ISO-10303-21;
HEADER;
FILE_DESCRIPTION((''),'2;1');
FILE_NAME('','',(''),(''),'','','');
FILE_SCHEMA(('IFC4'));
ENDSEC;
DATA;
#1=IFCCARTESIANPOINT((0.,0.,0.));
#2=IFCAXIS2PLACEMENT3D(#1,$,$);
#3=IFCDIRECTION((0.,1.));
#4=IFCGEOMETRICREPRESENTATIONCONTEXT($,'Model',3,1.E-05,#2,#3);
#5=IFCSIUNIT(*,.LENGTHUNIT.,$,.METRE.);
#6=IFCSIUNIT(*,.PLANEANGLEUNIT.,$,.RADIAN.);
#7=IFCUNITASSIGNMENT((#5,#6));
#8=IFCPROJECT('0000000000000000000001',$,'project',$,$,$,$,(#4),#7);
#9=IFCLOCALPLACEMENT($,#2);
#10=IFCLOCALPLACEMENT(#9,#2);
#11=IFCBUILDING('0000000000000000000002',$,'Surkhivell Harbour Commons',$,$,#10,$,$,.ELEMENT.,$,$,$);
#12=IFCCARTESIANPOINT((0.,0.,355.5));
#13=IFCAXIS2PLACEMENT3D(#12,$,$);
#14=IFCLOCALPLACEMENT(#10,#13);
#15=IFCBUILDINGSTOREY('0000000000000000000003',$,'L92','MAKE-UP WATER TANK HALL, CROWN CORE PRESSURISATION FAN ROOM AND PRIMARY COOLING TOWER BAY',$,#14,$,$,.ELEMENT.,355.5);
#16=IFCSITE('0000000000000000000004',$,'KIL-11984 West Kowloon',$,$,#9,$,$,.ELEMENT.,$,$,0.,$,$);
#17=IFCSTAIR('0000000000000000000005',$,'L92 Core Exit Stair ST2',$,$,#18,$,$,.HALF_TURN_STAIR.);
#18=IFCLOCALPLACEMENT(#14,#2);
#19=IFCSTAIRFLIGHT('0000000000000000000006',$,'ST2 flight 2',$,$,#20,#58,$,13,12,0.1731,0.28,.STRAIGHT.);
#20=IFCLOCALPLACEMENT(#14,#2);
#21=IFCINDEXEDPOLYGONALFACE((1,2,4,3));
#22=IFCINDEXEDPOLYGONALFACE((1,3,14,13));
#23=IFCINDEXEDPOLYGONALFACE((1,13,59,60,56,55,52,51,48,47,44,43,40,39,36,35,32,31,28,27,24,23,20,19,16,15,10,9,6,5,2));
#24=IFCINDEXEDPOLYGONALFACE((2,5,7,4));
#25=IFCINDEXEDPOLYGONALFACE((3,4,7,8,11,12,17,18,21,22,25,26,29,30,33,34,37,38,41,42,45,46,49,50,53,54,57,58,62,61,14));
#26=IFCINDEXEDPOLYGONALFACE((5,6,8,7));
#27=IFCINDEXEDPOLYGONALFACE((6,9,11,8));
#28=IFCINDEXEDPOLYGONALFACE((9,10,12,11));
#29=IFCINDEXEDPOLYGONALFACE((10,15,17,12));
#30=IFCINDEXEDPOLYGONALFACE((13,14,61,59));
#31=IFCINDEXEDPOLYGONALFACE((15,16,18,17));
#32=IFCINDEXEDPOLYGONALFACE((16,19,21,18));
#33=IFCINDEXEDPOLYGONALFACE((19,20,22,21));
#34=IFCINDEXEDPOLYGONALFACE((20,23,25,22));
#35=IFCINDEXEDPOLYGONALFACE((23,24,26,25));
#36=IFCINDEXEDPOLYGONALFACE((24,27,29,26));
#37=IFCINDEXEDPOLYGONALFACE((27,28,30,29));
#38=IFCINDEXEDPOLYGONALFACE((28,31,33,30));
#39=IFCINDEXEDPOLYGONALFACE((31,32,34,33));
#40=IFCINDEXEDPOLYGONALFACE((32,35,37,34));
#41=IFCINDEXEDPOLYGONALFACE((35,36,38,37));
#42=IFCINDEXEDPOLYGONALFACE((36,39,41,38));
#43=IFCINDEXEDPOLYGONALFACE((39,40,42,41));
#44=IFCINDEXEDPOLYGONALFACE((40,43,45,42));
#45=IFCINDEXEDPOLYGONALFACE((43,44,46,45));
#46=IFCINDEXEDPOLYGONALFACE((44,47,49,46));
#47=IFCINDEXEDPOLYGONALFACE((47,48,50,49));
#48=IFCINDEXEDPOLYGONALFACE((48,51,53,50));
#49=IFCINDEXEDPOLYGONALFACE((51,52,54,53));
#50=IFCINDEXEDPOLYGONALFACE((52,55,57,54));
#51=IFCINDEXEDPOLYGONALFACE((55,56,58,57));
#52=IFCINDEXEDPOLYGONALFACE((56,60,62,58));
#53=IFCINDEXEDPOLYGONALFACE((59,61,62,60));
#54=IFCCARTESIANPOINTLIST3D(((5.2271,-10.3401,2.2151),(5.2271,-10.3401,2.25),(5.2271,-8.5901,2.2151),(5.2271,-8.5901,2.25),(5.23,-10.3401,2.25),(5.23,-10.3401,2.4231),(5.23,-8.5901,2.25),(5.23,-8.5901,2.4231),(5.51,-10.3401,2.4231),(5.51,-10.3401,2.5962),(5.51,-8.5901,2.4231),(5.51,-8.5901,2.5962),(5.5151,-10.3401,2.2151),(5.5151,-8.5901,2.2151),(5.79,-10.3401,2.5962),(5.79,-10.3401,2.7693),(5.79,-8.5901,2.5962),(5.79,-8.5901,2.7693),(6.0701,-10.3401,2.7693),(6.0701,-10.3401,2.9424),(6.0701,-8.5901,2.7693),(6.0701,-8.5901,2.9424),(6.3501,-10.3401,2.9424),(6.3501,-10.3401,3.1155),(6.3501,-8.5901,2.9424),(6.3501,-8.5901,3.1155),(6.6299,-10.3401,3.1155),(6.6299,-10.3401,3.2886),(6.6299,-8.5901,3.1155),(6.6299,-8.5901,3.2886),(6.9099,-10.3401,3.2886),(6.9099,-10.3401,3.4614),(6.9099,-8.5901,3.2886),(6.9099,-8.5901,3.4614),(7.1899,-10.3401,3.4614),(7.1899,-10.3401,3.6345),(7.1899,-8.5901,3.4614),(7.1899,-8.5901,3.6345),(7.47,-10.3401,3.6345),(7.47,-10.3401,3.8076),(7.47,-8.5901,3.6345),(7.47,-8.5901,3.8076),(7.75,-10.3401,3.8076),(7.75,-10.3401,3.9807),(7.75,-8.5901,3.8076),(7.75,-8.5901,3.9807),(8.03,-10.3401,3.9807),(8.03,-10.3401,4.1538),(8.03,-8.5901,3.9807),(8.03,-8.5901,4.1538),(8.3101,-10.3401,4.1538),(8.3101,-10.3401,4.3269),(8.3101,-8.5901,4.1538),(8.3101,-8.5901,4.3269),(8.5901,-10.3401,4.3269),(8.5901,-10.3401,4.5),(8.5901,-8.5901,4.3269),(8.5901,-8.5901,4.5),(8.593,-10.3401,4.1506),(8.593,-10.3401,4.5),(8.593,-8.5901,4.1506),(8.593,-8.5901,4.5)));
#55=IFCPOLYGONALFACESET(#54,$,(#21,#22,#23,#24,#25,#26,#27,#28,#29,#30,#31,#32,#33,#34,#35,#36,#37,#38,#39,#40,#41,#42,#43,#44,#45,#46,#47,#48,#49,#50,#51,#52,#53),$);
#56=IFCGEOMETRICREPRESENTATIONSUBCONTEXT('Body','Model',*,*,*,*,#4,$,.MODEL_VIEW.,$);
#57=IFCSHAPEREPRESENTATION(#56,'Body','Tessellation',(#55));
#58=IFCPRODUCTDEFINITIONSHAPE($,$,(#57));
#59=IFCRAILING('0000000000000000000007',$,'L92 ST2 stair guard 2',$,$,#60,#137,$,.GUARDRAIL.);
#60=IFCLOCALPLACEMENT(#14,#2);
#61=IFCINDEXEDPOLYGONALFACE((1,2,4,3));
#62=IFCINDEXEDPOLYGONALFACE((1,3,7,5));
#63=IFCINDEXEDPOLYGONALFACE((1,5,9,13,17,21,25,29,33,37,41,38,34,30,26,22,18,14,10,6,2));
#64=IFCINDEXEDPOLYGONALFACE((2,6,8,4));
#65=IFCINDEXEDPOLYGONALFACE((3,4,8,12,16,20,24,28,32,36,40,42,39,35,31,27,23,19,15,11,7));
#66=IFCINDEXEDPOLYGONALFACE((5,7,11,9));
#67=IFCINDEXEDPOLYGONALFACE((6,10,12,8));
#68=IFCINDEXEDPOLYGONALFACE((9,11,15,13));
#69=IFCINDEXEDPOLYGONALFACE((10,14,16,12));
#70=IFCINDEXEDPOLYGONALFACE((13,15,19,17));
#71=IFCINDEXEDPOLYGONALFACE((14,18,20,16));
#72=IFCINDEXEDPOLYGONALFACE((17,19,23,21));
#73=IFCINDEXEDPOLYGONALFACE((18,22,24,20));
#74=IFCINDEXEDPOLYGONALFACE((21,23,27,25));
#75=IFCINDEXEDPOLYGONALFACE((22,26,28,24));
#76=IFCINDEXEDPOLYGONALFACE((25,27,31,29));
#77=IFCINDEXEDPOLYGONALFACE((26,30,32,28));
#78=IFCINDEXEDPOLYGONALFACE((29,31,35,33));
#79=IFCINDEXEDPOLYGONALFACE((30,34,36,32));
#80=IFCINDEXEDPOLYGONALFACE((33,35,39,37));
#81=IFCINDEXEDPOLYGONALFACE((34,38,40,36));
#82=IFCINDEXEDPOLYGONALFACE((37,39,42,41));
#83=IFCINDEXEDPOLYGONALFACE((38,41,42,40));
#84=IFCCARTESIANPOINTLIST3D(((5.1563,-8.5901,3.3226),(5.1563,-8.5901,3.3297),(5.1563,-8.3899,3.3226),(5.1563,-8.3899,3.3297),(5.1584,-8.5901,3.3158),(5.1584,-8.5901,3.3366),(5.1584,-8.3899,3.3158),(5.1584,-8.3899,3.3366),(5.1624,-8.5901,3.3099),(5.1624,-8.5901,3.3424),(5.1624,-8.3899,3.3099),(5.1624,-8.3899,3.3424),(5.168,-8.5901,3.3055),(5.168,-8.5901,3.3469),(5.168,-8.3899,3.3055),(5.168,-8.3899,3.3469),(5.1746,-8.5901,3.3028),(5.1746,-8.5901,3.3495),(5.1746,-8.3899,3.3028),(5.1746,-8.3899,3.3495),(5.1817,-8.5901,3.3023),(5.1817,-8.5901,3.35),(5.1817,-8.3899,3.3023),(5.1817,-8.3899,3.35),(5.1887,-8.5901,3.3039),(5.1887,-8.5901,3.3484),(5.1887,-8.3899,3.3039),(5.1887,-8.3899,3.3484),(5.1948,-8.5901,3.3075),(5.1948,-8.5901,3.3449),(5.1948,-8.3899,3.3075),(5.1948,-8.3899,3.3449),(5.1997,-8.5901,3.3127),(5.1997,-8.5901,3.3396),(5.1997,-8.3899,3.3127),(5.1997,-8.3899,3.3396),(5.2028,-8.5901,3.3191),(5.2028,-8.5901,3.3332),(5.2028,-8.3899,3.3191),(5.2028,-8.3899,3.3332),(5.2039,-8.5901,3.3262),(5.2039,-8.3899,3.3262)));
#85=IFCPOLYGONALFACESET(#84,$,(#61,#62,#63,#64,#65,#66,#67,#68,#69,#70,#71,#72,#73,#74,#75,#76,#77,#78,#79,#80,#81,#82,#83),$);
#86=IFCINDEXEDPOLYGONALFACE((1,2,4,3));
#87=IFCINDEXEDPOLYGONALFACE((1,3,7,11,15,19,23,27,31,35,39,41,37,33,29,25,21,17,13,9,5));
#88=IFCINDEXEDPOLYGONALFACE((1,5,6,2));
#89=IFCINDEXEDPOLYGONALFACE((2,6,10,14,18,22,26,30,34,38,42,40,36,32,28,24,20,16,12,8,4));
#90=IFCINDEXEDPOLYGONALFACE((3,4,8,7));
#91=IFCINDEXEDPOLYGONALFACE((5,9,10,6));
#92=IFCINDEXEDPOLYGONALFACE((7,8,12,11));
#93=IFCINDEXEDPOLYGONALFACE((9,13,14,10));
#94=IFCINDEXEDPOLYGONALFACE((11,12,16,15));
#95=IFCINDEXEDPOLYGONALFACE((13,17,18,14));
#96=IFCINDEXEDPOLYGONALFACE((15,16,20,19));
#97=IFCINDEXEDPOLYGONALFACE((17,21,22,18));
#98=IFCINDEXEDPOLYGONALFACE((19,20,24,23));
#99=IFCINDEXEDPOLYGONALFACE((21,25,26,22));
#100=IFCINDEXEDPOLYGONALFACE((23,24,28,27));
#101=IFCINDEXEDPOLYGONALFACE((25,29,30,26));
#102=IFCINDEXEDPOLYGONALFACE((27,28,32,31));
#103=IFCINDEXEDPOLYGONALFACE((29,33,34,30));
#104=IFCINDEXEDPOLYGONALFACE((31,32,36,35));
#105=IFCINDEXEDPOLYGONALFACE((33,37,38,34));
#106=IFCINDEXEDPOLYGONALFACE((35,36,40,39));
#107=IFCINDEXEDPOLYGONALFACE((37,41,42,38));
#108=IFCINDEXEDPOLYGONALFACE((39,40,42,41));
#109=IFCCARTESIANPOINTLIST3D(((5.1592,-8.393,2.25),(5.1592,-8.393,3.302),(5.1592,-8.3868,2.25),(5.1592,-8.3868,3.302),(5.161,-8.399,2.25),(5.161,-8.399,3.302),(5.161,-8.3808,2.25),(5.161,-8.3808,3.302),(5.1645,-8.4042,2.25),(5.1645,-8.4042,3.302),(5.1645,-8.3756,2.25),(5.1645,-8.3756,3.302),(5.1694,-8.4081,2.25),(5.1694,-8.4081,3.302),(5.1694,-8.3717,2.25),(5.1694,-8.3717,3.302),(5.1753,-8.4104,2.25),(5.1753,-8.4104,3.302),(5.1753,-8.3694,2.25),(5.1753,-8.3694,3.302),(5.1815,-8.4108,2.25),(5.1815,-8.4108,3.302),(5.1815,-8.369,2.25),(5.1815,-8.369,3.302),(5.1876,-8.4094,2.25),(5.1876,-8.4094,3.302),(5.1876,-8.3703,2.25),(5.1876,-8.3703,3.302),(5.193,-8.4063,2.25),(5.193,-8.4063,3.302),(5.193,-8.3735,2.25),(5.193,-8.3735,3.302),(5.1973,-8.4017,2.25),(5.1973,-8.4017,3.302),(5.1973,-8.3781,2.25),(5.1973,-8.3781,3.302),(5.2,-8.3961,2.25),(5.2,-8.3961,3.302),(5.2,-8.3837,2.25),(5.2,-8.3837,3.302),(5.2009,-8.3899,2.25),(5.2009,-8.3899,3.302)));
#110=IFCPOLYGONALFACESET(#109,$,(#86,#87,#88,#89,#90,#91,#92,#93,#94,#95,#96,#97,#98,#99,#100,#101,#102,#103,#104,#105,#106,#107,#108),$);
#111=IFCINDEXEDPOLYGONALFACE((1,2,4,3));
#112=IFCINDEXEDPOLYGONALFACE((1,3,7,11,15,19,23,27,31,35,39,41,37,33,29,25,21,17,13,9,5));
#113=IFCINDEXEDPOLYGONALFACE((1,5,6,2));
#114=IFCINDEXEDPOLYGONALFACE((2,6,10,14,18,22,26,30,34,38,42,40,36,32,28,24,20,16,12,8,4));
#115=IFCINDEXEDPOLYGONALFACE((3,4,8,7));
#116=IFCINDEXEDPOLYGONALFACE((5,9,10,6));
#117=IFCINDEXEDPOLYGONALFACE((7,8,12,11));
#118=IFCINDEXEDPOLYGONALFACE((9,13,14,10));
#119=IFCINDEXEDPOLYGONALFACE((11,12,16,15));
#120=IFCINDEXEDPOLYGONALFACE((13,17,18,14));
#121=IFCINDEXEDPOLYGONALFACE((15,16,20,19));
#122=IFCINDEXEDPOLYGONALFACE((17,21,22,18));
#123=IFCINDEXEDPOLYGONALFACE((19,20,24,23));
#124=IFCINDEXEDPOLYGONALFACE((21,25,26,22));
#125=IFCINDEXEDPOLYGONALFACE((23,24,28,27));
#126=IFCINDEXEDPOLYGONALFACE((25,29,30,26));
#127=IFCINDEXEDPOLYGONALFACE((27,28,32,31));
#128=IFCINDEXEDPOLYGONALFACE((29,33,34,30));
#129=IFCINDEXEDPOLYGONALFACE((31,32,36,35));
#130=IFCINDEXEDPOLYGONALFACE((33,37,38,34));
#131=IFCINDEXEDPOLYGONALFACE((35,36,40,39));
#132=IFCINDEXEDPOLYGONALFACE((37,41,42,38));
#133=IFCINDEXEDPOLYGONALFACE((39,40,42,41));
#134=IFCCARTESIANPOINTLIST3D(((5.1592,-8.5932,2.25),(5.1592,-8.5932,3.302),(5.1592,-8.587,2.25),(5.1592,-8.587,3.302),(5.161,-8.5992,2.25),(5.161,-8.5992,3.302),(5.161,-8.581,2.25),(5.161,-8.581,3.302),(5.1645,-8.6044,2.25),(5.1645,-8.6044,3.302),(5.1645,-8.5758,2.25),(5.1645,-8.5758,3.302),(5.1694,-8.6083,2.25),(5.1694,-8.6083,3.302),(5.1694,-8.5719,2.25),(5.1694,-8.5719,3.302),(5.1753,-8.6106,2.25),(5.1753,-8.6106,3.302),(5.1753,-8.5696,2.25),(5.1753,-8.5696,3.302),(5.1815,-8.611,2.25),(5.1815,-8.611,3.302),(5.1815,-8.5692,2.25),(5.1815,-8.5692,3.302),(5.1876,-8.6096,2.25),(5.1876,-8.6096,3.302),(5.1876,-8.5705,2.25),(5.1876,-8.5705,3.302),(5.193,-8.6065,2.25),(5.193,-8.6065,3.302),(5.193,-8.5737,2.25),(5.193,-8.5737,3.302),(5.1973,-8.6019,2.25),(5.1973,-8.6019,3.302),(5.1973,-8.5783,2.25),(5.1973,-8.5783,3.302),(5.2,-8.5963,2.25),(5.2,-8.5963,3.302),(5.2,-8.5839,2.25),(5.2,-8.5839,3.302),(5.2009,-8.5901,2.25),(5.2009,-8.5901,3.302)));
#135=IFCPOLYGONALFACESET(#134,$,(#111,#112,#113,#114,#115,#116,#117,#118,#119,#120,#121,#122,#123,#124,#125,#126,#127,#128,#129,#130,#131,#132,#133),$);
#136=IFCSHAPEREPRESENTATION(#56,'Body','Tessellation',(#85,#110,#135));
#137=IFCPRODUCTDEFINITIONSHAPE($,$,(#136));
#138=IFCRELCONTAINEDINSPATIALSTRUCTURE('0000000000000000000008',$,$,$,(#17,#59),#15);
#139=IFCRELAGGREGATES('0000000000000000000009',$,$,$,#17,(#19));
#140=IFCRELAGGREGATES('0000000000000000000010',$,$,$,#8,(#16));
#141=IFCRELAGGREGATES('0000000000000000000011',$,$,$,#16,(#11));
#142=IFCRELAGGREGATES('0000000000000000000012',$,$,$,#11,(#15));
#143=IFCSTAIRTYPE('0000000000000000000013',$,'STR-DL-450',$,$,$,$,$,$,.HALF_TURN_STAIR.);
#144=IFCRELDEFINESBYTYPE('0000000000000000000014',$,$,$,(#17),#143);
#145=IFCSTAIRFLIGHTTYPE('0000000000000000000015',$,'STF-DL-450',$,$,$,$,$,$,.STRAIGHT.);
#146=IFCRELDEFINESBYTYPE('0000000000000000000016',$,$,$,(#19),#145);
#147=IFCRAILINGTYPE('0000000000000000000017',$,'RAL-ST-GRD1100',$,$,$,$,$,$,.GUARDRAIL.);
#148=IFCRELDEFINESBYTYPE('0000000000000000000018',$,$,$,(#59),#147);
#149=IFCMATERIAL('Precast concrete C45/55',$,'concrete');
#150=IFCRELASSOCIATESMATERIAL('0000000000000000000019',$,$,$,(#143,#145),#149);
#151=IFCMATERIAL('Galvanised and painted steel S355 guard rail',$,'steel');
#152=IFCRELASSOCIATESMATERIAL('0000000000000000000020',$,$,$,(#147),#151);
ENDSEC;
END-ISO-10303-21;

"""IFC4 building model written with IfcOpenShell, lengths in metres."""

from ifc_helpers import new_model, si_unit, direction, frame, origin, origin_2d, place, context, subcontext, project, spatial, polyline, circle, outline, extrude, material, type_object, element, aggregate, save


model = new_model("IFC4")

# Units and contexts
model_context = context("Model", 3, precision=1e-05, world=origin(), true_north=direction((0.0, 1.0)))
body_context = subcontext(model_context, "Body", "Model", "MODEL_VIEW")
ifc_project = project(units=[si_unit("LENGTHUNIT", "METRE"), si_unit("PLANEANGLEUNIT", "RADIAN")], contexts=[model_context])

# Site, building, storey
site_placement = place(None, origin())
site = spatial("IfcSite", under=ifc_project, at=site_placement, Name="KIL-11984 West Kowloon", CompositionType="ELEMENT", RefElevation=0.0)
building_placement = place(site_placement, origin())
building = spatial("IfcBuilding", under=site, at=building_placement, Name="Surkhivell Harbour Commons", CompositionType="ELEMENT")
storey_placement = place(building_placement, frame((0.0, 0.0, 355.5)))
storey = spatial("IfcBuildingStorey", under=building, at=storey_placement, Name="L92", Description="MAKE-UP WATER TANK HALL, CROWN CORE PRESSURISATION FAN ROOM AND PRIMARY COOLING TOWER BAY", CompositionType="ELEMENT", Elevation=355.5)

# Stair, stair flight
ifc_material_1 = material(Name="Precast concrete C45/55", Category="concrete")
stair_type = type_object("IfcStairType", Name="STR-DL-450", PredefinedType="HALF_TURN_STAIR", material=ifc_material_1)
stair_placement = place(storey_placement, origin())
stair = element("IfcStair", 1, at=stair_placement, inside=storey, type_object=stair_type, Name="L92 Core Exit Stair ST2", PredefinedType="HALF_TURN_STAIR")
stair_flight_type = type_object("IfcStairFlightType", Name="STF-DL-450", PredefinedType="STRAIGHT", material=ifc_material_1)
stair_flight_placement = place(storey_placement, frame((5.23, -9.4651, 2.25), z_axis=(0.0, 0.0, 1.0), x_axis=(1.0, 0.0, 0.0)))
stair_flight = element("IfcStairFlight", 2, at=stair_flight_placement, type_object=stair_flight_type, Name="ST2 flight 2", NumberOfRisers=13, NumberOfTreads=12, PredefinedType="STRAIGHT", RiserHeight=0.1731, TreadLength=0.28, context=body_context, shape_type="SweptSolid", body=[
    extrude(outline(polyline([(-0.0029, -0.0349), (-0.0029, 0.0), (0.0, 0.0), (0.0, 0.1731), (0.28, 0.1731), (0.28, 0.3462), (0.5601, 0.3462), (0.5601, 0.5193), (0.8401, 0.5193), (0.8401, 0.6924), (1.1201, 0.6924), (1.1201, 0.8655), (1.3999, 0.8655), (1.3999, 1.0386), (1.6799, 1.0386), (1.6799, 1.2114), (1.96, 1.2114), (1.96, 1.3845), (2.24, 1.3845), (2.24, 1.5576), (2.52, 1.5576), (2.52, 1.7307), (2.8, 1.7307), (2.8, 1.9038), (3.0801, 1.9038), (3.0801, 2.0769), (3.3601, 2.0769), (3.3601, 2.25), (3.363, 2.25), (3.363, 1.9006), (0.2852, -0.0349), (-0.0029, -0.0349)])), frame((0.0, 0.875, 0.0), z_axis=(0.0, -1.0, 0.0), x_axis=(1.0, 0.0, 0.0)), (0.0, 0.0, 1.0), 1.75),
])
aggregate(stair, [stair_flight])

# Railing
ifc_material_2 = material(Name="Galvanised and painted steel S355 guard rail", Category="steel")
railing_type_1 = type_object("IfcRailingType", Name="RAL-ST-GRD1100", PredefinedType="GUARDRAIL", material=ifc_material_2)
railing_1_placement = place(storey_placement, frame((5.1799, -8.3899, 2.25)))
element("IfcRailing", 3, at=railing_1_placement, inside=storey, type_object=railing_type_1, Name="L92 ST2 stair guard 2", PredefinedType="GUARDRAIL", context=body_context, shape_type="SweptSolid", body=[
    extrude(circle(Radius=0.0239, at=origin_2d()), frame((0.0, 0.0, 1.0762), z_axis=(0.0, -1.0, 0.0), x_axis=(1.0, 0.0, 0.0)), (0.0, 0.0, 1.0), 0.2002),
    extrude(circle(Radius=0.021, at=origin_2d()), origin(), (0.0, 0.0, 1.0), 1.052),
    extrude(circle(Radius=0.021, at=origin_2d()), frame((0.0, -0.2002, 0.0)), (0.0, 0.0, 1.0), 1.052),
])

save(model, "model.ifc")
